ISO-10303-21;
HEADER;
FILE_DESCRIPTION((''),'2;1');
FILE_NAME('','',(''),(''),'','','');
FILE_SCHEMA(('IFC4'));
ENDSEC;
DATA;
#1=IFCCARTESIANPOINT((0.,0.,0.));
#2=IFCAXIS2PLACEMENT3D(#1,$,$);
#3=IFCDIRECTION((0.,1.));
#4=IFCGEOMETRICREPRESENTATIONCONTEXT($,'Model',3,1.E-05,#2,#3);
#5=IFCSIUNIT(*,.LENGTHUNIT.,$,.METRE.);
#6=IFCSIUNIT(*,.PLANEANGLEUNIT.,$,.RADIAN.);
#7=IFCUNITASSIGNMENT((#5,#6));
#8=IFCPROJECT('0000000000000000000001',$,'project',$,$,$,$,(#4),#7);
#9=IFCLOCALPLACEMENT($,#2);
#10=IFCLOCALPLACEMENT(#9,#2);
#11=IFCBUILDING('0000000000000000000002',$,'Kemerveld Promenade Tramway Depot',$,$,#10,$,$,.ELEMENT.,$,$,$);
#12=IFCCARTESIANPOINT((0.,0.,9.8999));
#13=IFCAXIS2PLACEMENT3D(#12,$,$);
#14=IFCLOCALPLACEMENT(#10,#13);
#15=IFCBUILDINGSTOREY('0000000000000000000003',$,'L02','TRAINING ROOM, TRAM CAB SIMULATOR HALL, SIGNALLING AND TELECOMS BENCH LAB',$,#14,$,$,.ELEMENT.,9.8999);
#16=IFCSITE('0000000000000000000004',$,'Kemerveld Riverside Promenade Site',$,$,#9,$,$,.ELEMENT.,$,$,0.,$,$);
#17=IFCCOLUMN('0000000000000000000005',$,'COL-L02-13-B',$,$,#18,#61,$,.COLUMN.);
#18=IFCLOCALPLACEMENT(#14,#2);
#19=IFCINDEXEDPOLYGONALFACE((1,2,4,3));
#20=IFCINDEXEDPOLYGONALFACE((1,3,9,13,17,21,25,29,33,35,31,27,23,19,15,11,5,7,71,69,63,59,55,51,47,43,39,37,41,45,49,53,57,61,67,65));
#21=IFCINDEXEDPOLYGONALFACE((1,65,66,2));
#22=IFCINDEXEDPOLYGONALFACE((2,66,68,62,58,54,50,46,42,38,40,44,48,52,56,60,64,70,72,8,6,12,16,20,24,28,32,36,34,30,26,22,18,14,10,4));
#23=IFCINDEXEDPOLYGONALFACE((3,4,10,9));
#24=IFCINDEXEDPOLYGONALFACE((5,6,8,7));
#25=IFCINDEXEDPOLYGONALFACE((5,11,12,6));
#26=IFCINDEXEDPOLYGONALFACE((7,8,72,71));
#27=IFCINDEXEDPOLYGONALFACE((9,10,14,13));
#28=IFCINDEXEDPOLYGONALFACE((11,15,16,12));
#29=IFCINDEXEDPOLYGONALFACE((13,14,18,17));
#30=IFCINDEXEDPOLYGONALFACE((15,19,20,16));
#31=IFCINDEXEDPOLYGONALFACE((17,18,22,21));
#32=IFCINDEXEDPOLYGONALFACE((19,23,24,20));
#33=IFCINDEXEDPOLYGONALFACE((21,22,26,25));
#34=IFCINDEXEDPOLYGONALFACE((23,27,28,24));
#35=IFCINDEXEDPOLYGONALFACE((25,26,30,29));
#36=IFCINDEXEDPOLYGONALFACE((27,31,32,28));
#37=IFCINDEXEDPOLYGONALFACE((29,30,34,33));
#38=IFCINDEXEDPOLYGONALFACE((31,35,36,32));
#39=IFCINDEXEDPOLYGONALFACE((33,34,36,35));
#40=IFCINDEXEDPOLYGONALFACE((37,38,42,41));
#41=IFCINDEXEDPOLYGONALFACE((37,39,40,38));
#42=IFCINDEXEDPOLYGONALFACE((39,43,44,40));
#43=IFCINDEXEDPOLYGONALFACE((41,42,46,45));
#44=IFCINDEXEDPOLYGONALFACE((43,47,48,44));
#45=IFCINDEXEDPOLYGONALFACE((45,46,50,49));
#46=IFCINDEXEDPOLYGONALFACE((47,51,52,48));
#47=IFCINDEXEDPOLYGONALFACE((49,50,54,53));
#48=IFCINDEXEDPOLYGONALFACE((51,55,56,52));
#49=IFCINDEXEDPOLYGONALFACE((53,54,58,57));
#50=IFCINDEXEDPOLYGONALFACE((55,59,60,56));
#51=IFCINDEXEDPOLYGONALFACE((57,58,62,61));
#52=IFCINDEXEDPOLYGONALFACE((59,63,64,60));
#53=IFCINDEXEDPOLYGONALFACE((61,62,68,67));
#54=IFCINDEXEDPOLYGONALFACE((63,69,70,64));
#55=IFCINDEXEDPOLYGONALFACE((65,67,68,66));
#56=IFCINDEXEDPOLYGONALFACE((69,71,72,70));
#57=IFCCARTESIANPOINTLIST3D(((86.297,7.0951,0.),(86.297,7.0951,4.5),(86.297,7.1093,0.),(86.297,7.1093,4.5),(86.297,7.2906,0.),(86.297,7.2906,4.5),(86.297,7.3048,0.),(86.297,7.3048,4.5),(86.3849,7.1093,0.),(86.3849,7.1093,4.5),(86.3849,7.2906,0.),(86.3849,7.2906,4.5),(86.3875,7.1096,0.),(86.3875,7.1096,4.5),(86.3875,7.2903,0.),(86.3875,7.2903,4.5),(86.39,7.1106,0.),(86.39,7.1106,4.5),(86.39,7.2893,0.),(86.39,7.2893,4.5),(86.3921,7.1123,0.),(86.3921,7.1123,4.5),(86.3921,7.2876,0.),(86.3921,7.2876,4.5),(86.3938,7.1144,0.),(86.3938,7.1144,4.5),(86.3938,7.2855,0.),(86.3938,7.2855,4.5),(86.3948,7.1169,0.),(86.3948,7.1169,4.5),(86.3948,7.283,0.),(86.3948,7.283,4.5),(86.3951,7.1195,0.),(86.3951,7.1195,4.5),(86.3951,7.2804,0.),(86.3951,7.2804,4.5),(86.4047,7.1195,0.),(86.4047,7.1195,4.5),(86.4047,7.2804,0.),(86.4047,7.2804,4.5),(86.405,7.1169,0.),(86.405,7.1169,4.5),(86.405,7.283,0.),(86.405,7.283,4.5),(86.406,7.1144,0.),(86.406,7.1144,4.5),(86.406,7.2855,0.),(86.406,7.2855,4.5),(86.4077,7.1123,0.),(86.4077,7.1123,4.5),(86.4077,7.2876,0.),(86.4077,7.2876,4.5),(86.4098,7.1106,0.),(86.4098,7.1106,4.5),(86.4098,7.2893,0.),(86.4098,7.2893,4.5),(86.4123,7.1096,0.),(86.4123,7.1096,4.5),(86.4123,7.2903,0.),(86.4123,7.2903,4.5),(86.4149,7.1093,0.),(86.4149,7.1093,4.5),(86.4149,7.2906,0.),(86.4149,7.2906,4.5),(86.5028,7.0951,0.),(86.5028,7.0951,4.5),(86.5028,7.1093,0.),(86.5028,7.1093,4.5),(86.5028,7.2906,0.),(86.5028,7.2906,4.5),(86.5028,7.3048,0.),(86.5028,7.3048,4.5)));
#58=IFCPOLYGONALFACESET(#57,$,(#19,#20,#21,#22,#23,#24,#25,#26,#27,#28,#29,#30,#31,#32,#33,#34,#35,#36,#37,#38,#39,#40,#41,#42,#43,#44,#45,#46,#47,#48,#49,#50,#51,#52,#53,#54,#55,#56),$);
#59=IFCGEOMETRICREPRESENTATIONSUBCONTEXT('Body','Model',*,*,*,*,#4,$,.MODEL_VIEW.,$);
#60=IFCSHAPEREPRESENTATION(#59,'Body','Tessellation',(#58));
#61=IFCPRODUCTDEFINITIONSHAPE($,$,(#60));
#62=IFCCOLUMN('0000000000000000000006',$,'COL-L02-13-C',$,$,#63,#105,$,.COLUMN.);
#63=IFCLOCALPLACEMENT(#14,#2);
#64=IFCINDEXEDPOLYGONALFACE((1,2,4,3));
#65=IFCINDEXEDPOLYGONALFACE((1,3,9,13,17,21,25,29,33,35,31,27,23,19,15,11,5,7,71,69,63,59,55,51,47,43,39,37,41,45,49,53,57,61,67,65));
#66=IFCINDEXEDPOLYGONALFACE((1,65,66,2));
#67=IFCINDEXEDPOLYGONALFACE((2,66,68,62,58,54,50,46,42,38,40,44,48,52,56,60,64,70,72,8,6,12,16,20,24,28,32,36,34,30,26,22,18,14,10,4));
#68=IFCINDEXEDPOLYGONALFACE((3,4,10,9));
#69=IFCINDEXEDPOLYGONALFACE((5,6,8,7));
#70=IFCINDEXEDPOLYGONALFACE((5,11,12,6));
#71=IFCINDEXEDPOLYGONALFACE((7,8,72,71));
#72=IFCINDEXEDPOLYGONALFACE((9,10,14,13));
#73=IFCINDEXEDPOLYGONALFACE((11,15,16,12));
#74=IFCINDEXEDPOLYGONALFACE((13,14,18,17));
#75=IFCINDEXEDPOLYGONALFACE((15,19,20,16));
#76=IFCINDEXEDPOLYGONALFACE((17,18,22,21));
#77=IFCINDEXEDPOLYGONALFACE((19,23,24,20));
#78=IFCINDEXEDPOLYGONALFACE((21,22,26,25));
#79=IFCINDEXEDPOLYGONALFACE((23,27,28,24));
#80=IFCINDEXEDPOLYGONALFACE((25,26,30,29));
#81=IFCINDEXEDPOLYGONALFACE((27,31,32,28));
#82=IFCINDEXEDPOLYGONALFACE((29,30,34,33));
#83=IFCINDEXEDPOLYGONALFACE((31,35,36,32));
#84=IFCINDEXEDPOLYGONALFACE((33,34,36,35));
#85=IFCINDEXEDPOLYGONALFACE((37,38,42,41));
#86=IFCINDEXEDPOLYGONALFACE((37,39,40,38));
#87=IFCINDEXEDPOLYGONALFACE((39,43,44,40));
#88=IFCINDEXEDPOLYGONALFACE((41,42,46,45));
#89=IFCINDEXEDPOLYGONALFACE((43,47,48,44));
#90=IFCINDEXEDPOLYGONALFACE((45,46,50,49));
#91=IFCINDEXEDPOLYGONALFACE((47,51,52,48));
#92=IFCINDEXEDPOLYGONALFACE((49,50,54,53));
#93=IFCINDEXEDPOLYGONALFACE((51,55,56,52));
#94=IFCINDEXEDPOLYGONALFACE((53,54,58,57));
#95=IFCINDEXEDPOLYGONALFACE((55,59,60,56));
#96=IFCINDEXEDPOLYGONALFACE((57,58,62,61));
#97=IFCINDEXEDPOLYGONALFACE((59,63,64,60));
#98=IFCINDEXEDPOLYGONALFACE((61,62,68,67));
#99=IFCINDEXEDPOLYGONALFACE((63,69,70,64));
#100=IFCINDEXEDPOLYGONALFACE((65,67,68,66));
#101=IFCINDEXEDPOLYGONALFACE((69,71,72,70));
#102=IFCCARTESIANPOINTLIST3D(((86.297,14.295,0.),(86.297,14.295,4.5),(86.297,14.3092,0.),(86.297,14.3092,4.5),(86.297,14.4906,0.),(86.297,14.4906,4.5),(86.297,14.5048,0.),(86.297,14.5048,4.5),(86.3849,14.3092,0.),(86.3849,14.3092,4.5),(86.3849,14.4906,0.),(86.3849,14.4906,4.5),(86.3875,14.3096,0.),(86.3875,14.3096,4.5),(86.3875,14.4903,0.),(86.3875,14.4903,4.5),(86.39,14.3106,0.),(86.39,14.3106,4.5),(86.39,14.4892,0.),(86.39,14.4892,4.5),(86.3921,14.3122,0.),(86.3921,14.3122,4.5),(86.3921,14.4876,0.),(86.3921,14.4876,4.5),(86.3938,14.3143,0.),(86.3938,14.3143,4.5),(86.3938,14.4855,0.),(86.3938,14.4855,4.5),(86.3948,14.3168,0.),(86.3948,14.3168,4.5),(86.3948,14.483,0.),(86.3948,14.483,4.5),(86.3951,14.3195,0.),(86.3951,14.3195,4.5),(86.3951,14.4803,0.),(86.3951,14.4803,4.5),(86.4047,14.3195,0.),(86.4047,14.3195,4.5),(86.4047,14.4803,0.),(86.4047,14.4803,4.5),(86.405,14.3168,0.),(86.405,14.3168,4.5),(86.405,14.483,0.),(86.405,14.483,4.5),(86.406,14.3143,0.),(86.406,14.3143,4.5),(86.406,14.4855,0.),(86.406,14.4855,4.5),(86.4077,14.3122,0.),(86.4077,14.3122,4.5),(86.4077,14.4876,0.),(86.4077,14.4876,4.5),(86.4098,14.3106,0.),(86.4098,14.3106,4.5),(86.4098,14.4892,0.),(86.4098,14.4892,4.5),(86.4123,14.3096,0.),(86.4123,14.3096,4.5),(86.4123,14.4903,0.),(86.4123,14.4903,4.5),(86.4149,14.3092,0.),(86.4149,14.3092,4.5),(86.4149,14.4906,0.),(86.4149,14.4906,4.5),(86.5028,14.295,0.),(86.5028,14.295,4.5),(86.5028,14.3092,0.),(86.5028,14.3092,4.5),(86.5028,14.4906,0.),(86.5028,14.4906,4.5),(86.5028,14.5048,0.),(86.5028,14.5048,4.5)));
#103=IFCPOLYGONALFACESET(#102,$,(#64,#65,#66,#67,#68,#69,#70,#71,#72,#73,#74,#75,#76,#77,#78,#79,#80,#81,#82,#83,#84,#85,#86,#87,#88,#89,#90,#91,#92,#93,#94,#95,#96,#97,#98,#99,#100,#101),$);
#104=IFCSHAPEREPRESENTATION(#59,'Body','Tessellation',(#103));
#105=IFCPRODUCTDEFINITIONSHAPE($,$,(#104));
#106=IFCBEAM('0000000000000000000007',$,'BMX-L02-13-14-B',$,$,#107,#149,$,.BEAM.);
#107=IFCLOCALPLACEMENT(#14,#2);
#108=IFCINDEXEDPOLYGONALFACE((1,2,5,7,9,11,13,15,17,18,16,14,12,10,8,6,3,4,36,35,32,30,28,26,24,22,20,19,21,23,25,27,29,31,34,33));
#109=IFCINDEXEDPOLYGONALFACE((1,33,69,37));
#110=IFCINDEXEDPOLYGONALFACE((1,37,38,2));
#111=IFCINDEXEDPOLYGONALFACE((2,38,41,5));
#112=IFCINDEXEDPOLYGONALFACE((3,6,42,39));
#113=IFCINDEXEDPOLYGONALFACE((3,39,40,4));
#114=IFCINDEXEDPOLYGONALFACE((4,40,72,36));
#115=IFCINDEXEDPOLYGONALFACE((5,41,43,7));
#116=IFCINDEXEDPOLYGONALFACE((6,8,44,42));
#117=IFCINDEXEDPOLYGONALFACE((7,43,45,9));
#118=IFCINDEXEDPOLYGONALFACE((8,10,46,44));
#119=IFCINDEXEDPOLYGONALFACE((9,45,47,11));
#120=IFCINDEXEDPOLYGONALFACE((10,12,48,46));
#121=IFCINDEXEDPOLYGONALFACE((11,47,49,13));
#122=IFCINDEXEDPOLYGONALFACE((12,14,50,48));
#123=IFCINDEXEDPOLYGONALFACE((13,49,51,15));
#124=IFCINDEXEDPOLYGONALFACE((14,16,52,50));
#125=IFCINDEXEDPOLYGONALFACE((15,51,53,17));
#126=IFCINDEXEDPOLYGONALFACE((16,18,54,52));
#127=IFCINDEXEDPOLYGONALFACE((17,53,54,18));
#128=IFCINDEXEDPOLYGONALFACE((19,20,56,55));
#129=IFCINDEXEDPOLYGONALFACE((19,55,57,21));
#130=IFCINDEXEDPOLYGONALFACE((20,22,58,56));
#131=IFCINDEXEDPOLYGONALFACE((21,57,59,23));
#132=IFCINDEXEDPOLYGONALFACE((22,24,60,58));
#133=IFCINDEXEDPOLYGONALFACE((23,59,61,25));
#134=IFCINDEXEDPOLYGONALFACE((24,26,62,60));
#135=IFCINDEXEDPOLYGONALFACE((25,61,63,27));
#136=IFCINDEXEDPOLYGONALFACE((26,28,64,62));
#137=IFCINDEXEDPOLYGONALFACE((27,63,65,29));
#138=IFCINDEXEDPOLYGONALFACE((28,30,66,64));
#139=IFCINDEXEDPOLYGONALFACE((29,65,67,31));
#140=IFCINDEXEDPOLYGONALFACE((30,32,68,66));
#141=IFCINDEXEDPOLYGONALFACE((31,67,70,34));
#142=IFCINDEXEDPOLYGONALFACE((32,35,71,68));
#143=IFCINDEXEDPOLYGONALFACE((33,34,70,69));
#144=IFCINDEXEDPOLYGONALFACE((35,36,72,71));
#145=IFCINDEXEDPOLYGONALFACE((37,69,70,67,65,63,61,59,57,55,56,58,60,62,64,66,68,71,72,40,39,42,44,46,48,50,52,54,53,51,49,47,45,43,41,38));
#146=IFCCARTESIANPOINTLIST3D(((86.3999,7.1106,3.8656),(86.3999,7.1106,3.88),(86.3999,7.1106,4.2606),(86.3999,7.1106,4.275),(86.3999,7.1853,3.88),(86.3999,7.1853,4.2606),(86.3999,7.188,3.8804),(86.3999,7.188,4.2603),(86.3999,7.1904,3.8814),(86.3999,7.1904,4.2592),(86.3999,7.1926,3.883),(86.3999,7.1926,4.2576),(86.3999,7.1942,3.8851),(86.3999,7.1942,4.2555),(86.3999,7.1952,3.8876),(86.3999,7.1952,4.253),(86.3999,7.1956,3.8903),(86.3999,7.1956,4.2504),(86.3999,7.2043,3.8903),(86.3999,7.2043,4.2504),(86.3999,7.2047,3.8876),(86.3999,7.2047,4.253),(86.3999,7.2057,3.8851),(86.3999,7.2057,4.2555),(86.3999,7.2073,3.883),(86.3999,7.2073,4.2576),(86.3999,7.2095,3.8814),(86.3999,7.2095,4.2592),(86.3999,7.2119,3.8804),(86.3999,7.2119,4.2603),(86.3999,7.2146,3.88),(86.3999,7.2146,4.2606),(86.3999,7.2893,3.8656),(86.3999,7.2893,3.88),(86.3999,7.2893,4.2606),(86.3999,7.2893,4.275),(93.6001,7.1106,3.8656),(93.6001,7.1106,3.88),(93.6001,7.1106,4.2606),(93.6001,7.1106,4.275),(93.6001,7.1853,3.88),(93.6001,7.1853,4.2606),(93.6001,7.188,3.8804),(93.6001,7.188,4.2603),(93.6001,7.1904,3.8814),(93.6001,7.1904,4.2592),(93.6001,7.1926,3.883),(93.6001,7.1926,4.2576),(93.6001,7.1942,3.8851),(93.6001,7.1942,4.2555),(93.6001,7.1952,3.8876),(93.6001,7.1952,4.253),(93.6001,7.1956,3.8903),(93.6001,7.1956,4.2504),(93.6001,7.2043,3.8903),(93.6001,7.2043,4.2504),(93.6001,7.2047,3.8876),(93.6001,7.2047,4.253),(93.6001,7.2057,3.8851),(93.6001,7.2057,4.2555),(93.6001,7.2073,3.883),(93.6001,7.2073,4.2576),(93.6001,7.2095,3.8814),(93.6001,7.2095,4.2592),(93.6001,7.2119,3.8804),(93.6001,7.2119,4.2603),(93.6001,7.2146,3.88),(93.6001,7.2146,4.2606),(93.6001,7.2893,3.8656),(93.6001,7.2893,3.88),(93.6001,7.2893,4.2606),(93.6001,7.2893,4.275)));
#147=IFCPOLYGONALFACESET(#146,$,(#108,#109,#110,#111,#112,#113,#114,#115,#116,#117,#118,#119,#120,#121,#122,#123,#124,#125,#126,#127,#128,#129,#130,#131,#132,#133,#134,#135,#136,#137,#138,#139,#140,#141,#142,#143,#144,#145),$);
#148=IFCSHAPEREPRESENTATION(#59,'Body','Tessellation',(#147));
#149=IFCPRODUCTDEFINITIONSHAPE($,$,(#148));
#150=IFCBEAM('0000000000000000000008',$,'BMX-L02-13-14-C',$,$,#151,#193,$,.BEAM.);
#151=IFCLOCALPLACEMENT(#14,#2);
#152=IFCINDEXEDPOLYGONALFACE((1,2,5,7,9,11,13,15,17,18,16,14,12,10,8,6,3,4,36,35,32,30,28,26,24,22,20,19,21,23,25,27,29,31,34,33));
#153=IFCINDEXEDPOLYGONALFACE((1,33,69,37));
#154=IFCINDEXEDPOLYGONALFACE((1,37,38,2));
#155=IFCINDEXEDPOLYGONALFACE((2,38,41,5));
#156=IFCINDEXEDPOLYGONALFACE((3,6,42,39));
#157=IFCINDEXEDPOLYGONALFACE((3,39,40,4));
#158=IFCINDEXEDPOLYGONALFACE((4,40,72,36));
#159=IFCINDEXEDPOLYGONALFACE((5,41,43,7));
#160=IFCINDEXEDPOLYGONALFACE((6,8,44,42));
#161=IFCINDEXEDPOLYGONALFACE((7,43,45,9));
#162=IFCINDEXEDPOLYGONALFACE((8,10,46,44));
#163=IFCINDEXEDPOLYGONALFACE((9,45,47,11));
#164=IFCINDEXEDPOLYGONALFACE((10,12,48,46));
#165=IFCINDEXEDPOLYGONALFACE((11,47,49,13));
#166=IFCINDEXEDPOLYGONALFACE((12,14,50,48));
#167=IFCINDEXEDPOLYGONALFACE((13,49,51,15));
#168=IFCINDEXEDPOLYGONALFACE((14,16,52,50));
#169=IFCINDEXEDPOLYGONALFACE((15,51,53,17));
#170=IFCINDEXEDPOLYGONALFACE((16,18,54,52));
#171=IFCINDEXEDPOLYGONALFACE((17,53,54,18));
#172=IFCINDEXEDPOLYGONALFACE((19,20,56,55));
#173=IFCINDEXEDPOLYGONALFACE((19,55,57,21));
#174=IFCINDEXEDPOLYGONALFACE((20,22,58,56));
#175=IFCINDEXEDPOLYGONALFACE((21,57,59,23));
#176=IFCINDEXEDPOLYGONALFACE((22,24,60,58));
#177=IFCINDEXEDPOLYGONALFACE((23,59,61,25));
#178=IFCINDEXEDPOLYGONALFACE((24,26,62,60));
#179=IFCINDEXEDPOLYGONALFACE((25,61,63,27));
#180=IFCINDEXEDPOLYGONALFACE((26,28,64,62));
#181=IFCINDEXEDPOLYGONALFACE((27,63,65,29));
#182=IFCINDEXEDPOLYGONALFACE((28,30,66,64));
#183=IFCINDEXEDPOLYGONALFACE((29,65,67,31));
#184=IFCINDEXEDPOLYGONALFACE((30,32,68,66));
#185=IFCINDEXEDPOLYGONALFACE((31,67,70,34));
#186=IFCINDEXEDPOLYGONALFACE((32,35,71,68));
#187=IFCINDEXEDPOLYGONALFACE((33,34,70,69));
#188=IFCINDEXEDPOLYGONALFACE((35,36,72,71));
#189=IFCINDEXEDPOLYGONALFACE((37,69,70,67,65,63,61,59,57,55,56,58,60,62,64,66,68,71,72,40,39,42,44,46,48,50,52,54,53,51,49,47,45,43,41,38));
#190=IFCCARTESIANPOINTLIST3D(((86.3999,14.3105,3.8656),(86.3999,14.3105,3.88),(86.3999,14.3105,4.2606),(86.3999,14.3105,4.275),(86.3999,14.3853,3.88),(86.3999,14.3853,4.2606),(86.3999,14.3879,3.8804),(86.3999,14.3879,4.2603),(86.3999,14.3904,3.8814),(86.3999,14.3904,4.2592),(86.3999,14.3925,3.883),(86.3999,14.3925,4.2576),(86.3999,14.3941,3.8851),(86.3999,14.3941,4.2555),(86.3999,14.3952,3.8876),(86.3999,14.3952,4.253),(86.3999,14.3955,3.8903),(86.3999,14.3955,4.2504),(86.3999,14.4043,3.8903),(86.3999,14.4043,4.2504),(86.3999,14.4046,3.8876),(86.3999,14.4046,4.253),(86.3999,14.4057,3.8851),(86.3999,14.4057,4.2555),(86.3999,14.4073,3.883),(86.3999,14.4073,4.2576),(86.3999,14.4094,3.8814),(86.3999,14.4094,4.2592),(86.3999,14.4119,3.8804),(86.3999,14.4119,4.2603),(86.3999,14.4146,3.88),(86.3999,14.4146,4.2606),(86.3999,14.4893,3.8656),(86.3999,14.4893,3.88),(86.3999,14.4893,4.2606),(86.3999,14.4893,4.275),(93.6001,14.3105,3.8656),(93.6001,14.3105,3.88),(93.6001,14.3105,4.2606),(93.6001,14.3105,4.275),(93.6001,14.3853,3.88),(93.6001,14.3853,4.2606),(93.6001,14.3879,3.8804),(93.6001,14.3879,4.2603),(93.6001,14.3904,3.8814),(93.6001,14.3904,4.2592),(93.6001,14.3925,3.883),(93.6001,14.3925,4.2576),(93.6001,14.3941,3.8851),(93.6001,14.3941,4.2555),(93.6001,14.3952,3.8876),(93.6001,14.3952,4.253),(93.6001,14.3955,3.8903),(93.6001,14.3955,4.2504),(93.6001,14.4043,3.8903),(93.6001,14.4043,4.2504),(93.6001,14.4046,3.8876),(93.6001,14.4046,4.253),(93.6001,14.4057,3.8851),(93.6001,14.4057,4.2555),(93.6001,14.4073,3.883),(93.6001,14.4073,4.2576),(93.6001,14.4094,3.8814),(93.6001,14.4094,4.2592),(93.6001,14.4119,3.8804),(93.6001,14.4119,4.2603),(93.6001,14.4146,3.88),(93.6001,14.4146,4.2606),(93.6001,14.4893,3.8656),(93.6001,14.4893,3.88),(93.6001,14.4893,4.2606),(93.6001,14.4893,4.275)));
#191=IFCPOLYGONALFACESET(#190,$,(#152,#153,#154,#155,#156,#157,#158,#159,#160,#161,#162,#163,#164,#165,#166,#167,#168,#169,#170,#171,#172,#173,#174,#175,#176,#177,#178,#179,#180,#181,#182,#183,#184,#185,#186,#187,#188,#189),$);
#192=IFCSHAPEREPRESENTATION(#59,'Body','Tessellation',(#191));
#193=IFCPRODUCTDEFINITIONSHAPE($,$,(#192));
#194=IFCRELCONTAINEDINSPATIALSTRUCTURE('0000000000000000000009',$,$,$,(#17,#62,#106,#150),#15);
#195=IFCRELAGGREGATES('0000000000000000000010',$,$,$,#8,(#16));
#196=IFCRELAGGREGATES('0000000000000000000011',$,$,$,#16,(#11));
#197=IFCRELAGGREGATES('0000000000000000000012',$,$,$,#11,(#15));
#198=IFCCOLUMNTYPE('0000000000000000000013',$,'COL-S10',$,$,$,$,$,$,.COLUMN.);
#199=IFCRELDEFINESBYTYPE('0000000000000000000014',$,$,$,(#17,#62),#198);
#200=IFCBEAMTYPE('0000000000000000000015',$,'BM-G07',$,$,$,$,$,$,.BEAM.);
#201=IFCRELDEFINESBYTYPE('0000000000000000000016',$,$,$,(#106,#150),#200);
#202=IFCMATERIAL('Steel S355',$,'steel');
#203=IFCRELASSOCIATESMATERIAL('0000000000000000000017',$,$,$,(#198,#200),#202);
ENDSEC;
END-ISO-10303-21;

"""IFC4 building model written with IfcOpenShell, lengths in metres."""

from ifc_helpers import new_model, si_unit, direction, frame, origin, origin_2d, place, context, subcontext, project, spatial, i_section, extrude, material, material_profile, profile_set, type_object, element, save


model = new_model("IFC4")

# Units and contexts
model_context = context("Model", 3, precision=1e-05, world=origin(), true_north=direction((0.0, 1.0)))
body_context = subcontext(model_context, "Body", "Model", "MODEL_VIEW")
ifc_project = project(units=[si_unit("LENGTHUNIT", "METRE"), si_unit("PLANEANGLEUNIT", "RADIAN")], contexts=[model_context])

# Site, building, storey
site_placement = place(None, origin())
site = spatial("IfcSite", under=ifc_project, at=site_placement, Name="Kemerveld Riverside Promenade Site", CompositionType="ELEMENT", RefElevation=0.0)
building_placement = place(site_placement, origin())
building = spatial("IfcBuilding", under=site, at=building_placement, Name="Kemerveld Promenade Tramway Depot", CompositionType="ELEMENT")
storey_placement = place(building_placement, frame((0.0, 0.0, 9.8999)))
storey = spatial("IfcBuildingStorey", under=building, at=storey_placement, Name="L02", Description="TRAINING ROOM, TRAM CAB SIMULATOR HALL, SIGNALLING AND TELECOMS BENCH LAB", CompositionType="ELEMENT", Elevation=9.8999)

# Columns
ifc_material_1 = material(Name="Steel S355", Category="steel")
ifc_material_profile_1 = material_profile(ifc_material_1, i_section(OverallWidth=0.2058, OverallDepth=0.2097, WebThickness=0.0095, FlangeThickness=0.0142, FilletRadius=0.0103, at=origin_2d()), Name="203x203x60 UC")
ifc_profile_set_1 = profile_set([ifc_material_profile_1], Name="Steel S355")
column_type = type_object("IfcColumnType", Name="COL-S10", PredefinedType="COLUMN", material=ifc_profile_set_1)
for number, where, z_axis, x_axis, name in (
    (1, (86.3999, 7.2, 0.0), (0.0, 0.0, 1.0), (1.0, 0.0, 0.0), "COL-L02-13-B"),
    (2, (86.3999, 14.3999, 0.0), (0.0, 0.0, 1.0), (1.0, 0.0, 0.0), "COL-L02-13-C"),
):
    element("IfcColumn", number, at=place(storey_placement, frame(where, z_axis=z_axis, x_axis=x_axis)), inside=storey, type_object=column_type, Name=name, PredefinedType="COLUMN", context=body_context, shape_type="SweptSolid", body=[
        extrude(i_section(OverallWidth=0.2058, OverallDepth=0.2097, WebThickness=0.0095, FlangeThickness=0.0142, FilletRadius=0.0103, at=origin_2d()), origin(), (0.0, 0.0, 1.0), 4.5),
    ])

# Beams
ifc_material_profile_2 = material_profile(ifc_material_1, i_section(OverallWidth=0.1787, OverallDepth=0.4094, WebThickness=0.0088, FlangeThickness=0.0144, FilletRadius=0.0103, at=origin_2d()), Name="406x178x67 UB")
ifc_profile_set_2 = profile_set([ifc_material_profile_2], Name="Steel S355")
beam_type_1 = type_object("IfcBeamType", Name="BM-G07", PredefinedType="BEAM", material=ifc_profile_set_2)
for number, where, z_axis, x_axis, name in (
    (3, (86.3999, 7.2, 4.0703), (1.0, 0.0, 0.0), (0.0, 1.0, 0.0), "BMX-L02-13-14-B"),
    (4, (86.3999, 14.3999, 4.0703), (1.0, 0.0, 0.0), (0.0, 1.0, 0.0), "BMX-L02-13-14-C"),
):
    element("IfcBeam", number, at=place(storey_placement, frame(where, z_axis=z_axis, x_axis=x_axis)), inside=storey, type_object=beam_type_1, Name=name, PredefinedType="BEAM", context=body_context, shape_type="SweptSolid", body=[
        extrude(i_section(OverallWidth=0.1787, OverallDepth=0.4094, WebThickness=0.0088, FlangeThickness=0.0144, FilletRadius=0.0103, at=origin_2d()), origin(), (0.0, 0.0, 1.0), 7.2002),
    ])

save(model, "model.ifc")
